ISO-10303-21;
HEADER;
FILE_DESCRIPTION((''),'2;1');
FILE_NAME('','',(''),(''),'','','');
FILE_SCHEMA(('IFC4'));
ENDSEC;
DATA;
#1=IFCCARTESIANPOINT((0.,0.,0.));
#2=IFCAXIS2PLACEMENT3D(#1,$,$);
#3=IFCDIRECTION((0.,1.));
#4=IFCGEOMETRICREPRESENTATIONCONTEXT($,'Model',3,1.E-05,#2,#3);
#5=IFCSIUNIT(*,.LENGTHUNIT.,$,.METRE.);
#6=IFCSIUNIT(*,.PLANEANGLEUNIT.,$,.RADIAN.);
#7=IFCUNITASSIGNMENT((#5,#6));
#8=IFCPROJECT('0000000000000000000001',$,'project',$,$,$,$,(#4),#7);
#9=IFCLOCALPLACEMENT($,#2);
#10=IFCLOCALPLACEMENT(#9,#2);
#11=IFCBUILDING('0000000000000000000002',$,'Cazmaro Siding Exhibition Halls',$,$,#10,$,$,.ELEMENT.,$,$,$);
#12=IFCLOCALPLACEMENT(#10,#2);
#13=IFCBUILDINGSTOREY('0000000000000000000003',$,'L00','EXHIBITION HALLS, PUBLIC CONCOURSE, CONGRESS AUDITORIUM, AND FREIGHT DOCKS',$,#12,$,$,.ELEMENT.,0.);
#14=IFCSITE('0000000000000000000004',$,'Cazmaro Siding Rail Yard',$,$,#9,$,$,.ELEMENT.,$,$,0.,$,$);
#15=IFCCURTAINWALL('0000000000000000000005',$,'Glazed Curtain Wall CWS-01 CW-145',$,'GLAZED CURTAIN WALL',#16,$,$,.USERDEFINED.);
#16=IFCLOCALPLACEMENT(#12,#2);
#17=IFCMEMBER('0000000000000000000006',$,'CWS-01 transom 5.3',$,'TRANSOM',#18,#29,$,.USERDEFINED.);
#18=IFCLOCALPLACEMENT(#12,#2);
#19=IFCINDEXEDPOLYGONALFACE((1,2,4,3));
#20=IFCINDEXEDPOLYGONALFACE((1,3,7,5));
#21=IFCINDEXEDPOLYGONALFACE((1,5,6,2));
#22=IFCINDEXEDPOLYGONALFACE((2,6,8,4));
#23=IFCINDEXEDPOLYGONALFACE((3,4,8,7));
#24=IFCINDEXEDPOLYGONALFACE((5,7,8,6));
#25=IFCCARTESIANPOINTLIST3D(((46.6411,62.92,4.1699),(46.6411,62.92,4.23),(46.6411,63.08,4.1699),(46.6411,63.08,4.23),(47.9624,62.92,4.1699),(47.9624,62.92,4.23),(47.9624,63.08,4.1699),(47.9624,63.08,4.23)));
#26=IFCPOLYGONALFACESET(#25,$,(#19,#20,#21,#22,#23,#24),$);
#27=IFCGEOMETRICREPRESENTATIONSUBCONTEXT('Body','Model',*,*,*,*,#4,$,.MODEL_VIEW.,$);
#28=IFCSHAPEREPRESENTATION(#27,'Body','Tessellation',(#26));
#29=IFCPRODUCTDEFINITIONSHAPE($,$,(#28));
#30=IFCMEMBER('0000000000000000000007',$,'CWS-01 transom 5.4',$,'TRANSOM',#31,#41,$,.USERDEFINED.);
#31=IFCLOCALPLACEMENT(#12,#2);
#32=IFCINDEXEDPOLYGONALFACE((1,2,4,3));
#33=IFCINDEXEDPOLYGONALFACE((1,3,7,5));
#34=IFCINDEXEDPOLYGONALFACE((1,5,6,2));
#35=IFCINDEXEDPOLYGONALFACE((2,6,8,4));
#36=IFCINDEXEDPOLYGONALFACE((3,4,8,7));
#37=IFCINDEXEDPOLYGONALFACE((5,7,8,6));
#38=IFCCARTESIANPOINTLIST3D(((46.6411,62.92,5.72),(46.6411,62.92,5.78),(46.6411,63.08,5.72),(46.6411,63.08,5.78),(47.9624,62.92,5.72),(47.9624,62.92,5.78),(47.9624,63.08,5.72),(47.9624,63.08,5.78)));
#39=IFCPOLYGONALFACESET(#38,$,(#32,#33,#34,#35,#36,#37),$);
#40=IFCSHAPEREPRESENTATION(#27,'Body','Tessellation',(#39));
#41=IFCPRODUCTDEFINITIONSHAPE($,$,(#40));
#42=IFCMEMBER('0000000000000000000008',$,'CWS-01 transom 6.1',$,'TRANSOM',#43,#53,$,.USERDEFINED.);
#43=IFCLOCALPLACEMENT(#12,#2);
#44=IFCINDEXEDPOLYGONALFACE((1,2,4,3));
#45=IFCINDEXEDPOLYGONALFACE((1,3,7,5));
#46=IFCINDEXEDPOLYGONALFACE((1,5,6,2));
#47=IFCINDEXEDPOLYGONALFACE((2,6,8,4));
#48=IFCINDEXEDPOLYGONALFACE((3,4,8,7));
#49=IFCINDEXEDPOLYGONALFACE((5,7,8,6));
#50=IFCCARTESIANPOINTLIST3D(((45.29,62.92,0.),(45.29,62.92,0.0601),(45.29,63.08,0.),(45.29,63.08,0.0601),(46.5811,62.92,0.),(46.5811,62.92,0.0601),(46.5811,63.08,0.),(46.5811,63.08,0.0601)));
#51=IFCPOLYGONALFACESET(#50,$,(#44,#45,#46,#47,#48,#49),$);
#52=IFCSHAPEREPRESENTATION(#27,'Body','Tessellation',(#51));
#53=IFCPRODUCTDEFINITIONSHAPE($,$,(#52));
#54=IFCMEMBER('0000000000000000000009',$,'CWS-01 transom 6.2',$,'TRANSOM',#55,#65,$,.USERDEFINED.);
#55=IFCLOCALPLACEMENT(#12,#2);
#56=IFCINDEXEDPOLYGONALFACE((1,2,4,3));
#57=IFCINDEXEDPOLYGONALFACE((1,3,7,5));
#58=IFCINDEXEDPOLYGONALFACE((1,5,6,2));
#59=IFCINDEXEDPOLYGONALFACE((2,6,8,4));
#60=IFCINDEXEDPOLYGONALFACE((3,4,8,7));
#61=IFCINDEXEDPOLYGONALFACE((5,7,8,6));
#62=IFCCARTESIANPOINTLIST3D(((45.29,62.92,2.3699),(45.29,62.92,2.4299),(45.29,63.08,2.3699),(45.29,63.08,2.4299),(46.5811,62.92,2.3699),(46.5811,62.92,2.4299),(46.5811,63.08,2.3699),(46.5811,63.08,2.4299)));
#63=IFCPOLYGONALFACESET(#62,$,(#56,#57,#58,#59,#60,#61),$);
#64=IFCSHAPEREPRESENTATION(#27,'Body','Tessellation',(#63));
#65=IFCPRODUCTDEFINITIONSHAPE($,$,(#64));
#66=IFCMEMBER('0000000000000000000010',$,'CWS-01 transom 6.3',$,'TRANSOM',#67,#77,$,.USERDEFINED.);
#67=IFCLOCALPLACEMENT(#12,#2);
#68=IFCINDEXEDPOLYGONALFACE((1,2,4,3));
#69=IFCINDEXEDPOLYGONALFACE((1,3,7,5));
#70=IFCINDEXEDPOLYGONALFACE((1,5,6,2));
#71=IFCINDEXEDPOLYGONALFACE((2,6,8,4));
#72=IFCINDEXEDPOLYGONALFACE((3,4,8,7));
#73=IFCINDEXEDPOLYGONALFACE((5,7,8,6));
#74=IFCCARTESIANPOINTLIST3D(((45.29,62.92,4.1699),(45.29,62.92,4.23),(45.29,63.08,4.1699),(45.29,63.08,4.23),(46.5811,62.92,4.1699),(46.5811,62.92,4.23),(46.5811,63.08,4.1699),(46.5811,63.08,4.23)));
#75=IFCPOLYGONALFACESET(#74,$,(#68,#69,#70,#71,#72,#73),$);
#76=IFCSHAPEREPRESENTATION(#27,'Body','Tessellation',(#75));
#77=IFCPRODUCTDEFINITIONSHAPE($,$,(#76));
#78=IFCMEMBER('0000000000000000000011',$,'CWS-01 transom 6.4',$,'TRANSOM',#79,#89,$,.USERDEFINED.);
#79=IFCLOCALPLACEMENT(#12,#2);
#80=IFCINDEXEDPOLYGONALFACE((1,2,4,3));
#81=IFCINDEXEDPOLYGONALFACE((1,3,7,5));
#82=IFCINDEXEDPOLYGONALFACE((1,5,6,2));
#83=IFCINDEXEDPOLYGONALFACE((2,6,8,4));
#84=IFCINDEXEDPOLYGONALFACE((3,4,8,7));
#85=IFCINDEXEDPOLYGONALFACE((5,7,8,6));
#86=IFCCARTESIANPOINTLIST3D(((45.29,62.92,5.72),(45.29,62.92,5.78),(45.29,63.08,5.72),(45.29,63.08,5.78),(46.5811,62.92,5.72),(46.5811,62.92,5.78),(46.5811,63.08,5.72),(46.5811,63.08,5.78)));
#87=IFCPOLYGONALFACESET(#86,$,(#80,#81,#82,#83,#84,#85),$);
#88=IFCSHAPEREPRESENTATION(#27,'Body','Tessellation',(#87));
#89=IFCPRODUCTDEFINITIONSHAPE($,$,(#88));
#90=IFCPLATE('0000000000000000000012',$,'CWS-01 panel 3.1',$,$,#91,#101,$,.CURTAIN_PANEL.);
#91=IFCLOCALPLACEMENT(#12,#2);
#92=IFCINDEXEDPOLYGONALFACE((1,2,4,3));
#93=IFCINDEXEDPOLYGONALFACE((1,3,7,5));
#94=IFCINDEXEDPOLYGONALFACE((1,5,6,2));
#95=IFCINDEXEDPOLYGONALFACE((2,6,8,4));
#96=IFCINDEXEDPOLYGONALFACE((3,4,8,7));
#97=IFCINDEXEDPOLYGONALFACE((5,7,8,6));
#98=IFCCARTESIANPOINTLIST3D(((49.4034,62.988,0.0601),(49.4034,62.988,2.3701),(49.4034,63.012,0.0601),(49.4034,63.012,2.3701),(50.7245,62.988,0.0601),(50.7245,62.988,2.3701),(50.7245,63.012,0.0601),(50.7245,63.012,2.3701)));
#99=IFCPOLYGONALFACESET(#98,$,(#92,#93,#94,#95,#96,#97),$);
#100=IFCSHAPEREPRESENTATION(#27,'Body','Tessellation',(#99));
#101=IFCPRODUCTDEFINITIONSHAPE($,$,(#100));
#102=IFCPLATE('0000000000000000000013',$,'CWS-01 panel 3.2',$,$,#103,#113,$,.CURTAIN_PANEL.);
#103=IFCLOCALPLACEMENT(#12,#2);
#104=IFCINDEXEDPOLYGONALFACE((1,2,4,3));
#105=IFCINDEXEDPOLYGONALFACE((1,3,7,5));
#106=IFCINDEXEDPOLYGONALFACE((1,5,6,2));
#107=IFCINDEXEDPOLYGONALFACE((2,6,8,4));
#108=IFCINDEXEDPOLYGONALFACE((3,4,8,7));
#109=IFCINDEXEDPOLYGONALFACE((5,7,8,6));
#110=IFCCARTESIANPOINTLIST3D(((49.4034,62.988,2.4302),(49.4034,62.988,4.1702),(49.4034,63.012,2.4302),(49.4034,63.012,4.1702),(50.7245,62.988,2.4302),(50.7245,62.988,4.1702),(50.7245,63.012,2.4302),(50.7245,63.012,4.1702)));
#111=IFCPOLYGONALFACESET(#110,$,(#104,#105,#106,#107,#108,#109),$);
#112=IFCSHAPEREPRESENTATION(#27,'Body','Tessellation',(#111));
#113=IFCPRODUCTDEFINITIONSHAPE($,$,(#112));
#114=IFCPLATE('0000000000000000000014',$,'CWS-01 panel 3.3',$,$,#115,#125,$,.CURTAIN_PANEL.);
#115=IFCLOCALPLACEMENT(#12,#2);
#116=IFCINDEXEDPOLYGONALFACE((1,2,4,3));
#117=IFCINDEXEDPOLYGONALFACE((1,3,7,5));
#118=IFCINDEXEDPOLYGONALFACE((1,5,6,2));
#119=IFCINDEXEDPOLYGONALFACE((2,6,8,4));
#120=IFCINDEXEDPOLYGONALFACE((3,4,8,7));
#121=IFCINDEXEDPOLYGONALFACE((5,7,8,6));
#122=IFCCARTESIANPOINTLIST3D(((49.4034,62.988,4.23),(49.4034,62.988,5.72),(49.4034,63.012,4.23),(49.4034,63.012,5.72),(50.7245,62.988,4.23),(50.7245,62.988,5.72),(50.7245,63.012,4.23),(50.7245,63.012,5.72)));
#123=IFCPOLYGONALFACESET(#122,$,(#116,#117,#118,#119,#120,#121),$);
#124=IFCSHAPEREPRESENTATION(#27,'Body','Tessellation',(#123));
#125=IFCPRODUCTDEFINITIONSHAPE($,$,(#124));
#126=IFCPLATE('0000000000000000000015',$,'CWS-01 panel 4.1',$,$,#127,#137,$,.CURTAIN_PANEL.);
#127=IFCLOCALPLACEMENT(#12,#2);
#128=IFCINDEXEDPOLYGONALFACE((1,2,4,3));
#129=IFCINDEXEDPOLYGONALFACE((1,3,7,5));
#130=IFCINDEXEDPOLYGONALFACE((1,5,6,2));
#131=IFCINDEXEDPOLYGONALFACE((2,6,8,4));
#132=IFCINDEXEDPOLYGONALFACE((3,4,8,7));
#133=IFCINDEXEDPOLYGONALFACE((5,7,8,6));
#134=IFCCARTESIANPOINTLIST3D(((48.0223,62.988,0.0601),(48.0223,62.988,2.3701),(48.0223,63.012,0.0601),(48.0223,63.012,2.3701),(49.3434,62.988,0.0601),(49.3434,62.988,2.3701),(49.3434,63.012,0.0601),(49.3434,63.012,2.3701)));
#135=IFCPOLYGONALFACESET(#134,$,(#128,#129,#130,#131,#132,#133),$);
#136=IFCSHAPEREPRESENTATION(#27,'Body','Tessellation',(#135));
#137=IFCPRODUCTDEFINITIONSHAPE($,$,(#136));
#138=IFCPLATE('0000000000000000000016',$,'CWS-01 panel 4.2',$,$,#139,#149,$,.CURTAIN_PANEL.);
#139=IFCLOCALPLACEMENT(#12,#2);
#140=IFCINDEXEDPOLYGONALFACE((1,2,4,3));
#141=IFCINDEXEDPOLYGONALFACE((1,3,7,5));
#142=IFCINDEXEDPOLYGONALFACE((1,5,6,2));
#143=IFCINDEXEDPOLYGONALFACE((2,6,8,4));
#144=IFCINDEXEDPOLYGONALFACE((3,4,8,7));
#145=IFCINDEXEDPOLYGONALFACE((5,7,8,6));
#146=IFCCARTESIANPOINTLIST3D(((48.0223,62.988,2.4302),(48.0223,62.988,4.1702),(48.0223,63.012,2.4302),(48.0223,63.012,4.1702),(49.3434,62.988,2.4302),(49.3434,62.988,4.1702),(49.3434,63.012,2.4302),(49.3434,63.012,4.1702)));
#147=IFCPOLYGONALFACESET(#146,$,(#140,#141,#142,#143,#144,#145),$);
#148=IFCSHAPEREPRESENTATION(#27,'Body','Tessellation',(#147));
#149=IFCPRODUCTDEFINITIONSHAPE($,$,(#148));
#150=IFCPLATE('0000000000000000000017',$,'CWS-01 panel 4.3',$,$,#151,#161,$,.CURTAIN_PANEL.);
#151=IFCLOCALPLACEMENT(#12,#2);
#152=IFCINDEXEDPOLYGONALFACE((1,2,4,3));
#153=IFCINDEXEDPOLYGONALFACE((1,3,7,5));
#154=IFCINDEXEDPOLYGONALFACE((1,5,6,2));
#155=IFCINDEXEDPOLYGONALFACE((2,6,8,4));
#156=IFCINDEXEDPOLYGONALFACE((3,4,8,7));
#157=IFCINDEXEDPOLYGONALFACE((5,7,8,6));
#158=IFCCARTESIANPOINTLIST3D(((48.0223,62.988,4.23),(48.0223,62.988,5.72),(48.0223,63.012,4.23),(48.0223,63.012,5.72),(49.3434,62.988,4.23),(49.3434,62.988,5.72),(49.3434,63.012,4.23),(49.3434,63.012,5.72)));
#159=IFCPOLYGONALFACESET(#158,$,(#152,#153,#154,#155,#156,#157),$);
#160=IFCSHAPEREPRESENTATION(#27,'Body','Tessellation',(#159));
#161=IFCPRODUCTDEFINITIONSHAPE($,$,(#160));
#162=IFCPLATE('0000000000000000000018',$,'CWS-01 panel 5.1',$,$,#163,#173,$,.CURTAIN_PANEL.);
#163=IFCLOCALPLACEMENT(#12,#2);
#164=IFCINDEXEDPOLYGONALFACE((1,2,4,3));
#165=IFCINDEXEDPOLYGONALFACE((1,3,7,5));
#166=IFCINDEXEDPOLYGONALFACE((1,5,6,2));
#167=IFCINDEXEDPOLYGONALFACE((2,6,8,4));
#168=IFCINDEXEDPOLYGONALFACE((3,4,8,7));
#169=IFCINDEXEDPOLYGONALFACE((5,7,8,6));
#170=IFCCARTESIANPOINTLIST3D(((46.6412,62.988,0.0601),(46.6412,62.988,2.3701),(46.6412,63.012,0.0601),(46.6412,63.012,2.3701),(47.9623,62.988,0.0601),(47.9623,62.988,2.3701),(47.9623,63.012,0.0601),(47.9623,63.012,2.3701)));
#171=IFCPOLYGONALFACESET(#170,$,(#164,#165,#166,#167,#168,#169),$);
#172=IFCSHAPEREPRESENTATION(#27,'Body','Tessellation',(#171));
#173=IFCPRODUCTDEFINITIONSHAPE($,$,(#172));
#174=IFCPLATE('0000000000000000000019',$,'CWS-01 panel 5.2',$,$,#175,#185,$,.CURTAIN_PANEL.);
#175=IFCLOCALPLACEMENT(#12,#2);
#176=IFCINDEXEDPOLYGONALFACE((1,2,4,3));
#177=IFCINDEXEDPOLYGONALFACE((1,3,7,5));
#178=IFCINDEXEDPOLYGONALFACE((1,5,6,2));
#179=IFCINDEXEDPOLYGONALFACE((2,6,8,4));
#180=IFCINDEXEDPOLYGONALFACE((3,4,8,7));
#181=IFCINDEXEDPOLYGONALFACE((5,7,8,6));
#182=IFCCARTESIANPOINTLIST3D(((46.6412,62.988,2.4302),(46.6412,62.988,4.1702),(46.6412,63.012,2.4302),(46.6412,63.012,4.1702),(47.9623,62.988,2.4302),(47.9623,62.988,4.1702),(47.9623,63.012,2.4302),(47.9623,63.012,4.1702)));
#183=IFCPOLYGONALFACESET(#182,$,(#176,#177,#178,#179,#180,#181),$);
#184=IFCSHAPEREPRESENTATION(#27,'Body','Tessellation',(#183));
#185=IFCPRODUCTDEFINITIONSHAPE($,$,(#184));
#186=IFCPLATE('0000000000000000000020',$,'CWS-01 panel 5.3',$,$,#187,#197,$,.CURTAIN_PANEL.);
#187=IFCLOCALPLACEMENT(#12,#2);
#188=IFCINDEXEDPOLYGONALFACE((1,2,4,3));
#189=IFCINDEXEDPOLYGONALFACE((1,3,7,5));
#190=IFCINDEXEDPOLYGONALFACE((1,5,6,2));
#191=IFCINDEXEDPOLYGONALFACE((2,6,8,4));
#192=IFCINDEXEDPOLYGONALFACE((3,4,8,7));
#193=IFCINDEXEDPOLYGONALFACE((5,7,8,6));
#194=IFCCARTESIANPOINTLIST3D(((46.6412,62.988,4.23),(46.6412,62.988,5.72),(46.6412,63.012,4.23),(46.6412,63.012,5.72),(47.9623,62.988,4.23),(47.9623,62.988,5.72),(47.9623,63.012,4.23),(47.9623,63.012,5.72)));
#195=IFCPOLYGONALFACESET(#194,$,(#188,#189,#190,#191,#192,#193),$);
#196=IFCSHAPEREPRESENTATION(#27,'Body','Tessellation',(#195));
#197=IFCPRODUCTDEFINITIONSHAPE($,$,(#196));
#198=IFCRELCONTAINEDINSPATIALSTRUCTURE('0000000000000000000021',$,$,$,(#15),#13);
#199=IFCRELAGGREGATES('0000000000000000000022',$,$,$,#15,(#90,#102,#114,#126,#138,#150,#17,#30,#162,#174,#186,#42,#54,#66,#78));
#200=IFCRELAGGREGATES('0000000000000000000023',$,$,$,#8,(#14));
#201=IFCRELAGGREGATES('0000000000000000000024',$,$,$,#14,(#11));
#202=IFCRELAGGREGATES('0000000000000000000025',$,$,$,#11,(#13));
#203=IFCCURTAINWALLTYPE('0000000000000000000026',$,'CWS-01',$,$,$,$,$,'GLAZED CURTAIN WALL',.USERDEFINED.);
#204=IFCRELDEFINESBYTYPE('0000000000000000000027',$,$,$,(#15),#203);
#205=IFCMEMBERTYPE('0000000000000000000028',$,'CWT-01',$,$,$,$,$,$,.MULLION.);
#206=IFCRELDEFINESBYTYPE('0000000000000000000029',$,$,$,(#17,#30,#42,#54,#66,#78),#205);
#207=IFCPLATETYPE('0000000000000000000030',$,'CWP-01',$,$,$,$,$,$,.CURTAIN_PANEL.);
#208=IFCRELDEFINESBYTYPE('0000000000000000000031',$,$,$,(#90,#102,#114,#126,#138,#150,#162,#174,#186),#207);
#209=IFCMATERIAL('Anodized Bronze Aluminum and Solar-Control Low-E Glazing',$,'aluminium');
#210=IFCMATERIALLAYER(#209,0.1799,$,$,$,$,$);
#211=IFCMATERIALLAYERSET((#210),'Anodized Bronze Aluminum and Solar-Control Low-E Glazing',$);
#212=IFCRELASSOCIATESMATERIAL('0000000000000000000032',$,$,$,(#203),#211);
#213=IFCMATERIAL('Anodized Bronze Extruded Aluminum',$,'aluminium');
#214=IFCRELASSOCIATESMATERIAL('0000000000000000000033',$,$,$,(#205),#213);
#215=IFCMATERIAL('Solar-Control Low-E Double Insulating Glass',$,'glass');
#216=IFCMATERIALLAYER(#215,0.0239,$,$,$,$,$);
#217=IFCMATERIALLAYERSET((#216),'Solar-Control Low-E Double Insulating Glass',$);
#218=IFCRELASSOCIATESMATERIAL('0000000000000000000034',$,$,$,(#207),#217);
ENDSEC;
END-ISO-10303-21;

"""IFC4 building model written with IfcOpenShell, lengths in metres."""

from ifc_helpers import new_model, si_unit, direction, frame, origin, origin_2d, place, context, subcontext, project, spatial, rectangle, extrude, material, layer, layer_set, material_profile, profile_set, type_object, element, aggregate, save


model = new_model("IFC4")

# Units and contexts
model_context = context("Model", 3, precision=1e-05, world=origin(), true_north=direction((0.0, 1.0)))
body_context = subcontext(model_context, "Body", "Model", "MODEL_VIEW")
ifc_project = project(units=[si_unit("LENGTHUNIT", "METRE"), si_unit("PLANEANGLEUNIT", "RADIAN")], contexts=[model_context])

# Site, building, storey
site_placement = place(None, origin())
site = spatial("IfcSite", under=ifc_project, at=site_placement, Name="Cazmaro Siding Rail Yard", CompositionType="ELEMENT", RefElevation=0.0)
building_placement = place(site_placement, origin())
building = spatial("IfcBuilding", under=site, at=building_placement, Name="Cazmaro Siding Exhibition Halls", CompositionType="ELEMENT")
storey_placement = place(building_placement, origin())
storey = spatial("IfcBuildingStorey", under=building, at=storey_placement, Name="L00", Description="EXHIBITION HALLS, PUBLIC CONCOURSE, CONGRESS AUDITORIUM, AND FREIGHT DOCKS", CompositionType="ELEMENT", Elevation=0.0)

# Shared definitions
ifc_material_1 = material(Name="Anodized Bronze Aluminum and Solar-Control Low-E Glazing", Category="aluminium")
ifc_layer_1 = layer(ifc_material_1, 0.1799)
ifc_layer_set_1 = layer_set([ifc_layer_1], Name="Anodized Bronze Aluminum and Solar-Control Low-E Glazing")
curtain_wall_type = type_object("IfcCurtainWallType", Name="CWS-01", ElementType="GLAZED CURTAIN WALL", PredefinedType="USERDEFINED", material=ifc_layer_set_1)

# Curtain wall, members, plates
curtain_wall_1_placement = place(storey_placement, origin())
curtain_wall_1 = element("IfcCurtainWall", 1, at=curtain_wall_1_placement, inside=storey, type_object=curtain_wall_type, Name="Glazed Curtain Wall CWS-01 CW-145", ObjectType="GLAZED CURTAIN WALL", PredefinedType="USERDEFINED")
ifc_material_2 = material(Name="Anodized Bronze Extruded Aluminum", Category="aluminium")
ifc_material_profile_1 = material_profile(ifc_material_2, rectangle(XDim=0.1599, YDim=0.0601, at=origin_2d()), Name="CWT-01")
ifc_profile_set_1 = profile_set([ifc_material_profile_1], Name="Anodized Bronze Extruded Aluminum")
member_type_1 = type_object("IfcMemberType", Name="CWT-01", PredefinedType="MULLION", material=ifc_profile_set_1)
member_1_placement = place(storey_placement, frame((47.9624, 63.0, 4.2), z_axis=(-1.0, 0.0, 0.0), x_axis=(0.0, -1.0, 0.0)))
member_1 = element("IfcMember", 2, at=member_1_placement, type_object=member_type_1, Name="CWS-01 transom 5.3", ObjectType="TRANSOM", PredefinedType="USERDEFINED", context=body_context, shape_type="SweptSolid", body=[
    extrude(rectangle(XDim=0.1599, YDim=0.0601, at=origin_2d()), origin(), (0.0, 0.0, 1.0), 1.3213),
])
member_2_placement = place(storey_placement, frame((47.9624, 63.0, 5.75), z_axis=(-1.0, 0.0, 0.0), x_axis=(0.0, -1.0, 0.0)))
member_2 = element("IfcMember", 3, at=member_2_placement, type_object=member_type_1, Name="CWS-01 transom 5.4", ObjectType="TRANSOM", PredefinedType="USERDEFINED", context=body_context, shape_type="SweptSolid", body=[
    extrude(rectangle(XDim=0.1599, YDim=0.0601, at=origin_2d()), origin(), (0.0, 0.0, 1.0), 1.3213),
])
member_3_placement = place(storey_placement, frame((46.5811, 63.0, 0.03), z_axis=(-1.0, 0.0, 0.0), x_axis=(0.0, -1.0, 0.0)))
member_3 = element("IfcMember", 4, at=member_3_placement, type_object=member_type_1, Name="CWS-01 transom 6.1", ObjectType="TRANSOM", PredefinedType="USERDEFINED", context=body_context, shape_type="SweptSolid", body=[
    extrude(rectangle(XDim=0.1599, YDim=0.0601, at=origin_2d()), origin(), (0.0, 0.0, 1.0), 1.291),
])
member_4_placement = place(storey_placement, frame((46.5811, 63.0, 2.3999), z_axis=(-1.0, 0.0, 0.0), x_axis=(0.0, -1.0, 0.0)))
member_4 = element("IfcMember", 5, at=member_4_placement, type_object=member_type_1, Name="CWS-01 transom 6.2", ObjectType="TRANSOM", PredefinedType="USERDEFINED", context=body_context, shape_type="SweptSolid", body=[
    extrude(rectangle(XDim=0.1599, YDim=0.0601, at=origin_2d()), origin(), (0.0, 0.0, 1.0), 1.291),
])
member_5_placement = place(storey_placement, frame((46.5811, 63.0, 4.2), z_axis=(-1.0, 0.0, 0.0), x_axis=(0.0, -1.0, 0.0)))
member_5 = element("IfcMember", 6, at=member_5_placement, type_object=member_type_1, Name="CWS-01 transom 6.3", ObjectType="TRANSOM", PredefinedType="USERDEFINED", context=body_context, shape_type="SweptSolid", body=[
    extrude(rectangle(XDim=0.1599, YDim=0.0601, at=origin_2d()), origin(), (0.0, 0.0, 1.0), 1.291),
])
member_6_placement = place(storey_placement, frame((46.5811, 63.0, 5.75), z_axis=(-1.0, 0.0, 0.0), x_axis=(0.0, -1.0, 0.0)))
member_6 = element("IfcMember", 7, at=member_6_placement, type_object=member_type_1, Name="CWS-01 transom 6.4", ObjectType="TRANSOM", PredefinedType="USERDEFINED", context=body_context, shape_type="SweptSolid", body=[
    extrude(rectangle(XDim=0.1599, YDim=0.0601, at=origin_2d()), origin(), (0.0, 0.0, 1.0), 1.291),
])
ifc_material_3 = material(Name="Solar-Control Low-E Double Insulating Glass", Category="glass")
ifc_layer_2 = layer(ifc_material_3, 0.0239)
ifc_layer_set_2 = layer_set([ifc_layer_2], Name="Solar-Control Low-E Double Insulating Glass")
plate_type = type_object("IfcPlateType", Name="CWP-01", PredefinedType="CURTAIN_PANEL", material=ifc_layer_set_2)
plate_1_placement = place(storey_placement, frame((50.064, 63.0, 0.0601), z_axis=(0.0, 0.0, 1.0), x_axis=(-1.0, 0.0, 0.0)))
plate_1 = element("IfcPlate", 8, at=plate_1_placement, type_object=plate_type, Name="CWS-01 panel 3.1", PredefinedType="CURTAIN_PANEL", context=body_context, shape_type="SweptSolid", body=[
    extrude(rectangle(XDim=1.321, YDim=0.0239, at=origin_2d()), origin(), (0.0, 0.0, 1.0), 2.3101),
])
plate_2_placement = place(storey_placement, frame((50.064, 63.0, 2.4302), z_axis=(0.0, 0.0, 1.0), x_axis=(-1.0, 0.0, 0.0)))
plate_2 = element("IfcPlate", 9, at=plate_2_placement, type_object=plate_type, Name="CWS-01 panel 3.2", PredefinedType="CURTAIN_PANEL", context=body_context, shape_type="SweptSolid", body=[
    extrude(rectangle(XDim=1.321, YDim=0.0239, at=origin_2d()), origin(), (0.0, 0.0, 1.0), 1.74),
])
plate_3_placement = place(storey_placement, frame((50.064, 63.0, 4.23), z_axis=(0.0, 0.0, 1.0), x_axis=(-1.0, 0.0, 0.0)))
plate_3 = element("IfcPlate", 10, at=plate_3_placement, type_object=plate_type, Name="CWS-01 panel 3.3", PredefinedType="CURTAIN_PANEL", context=body_context, shape_type="SweptSolid", body=[
    extrude(rectangle(XDim=1.321, YDim=0.0239, at=origin_2d()), origin(), (0.0, 0.0, 1.0), 1.49),
])
plate_4_placement = place(storey_placement, frame((48.6829, 63.0, 0.0601), z_axis=(0.0, 0.0, 1.0), x_axis=(-1.0, 0.0, 0.0)))
plate_4 = element("IfcPlate", 11, at=plate_4_placement, type_object=plate_type, Name="CWS-01 panel 4.1", PredefinedType="CURTAIN_PANEL", context=body_context, shape_type="SweptSolid", body=[
    extrude(rectangle(XDim=1.321, YDim=0.0239, at=origin_2d()), origin(), (0.0, 0.0, 1.0), 2.3101),
])
plate_5_placement = place(storey_placement, frame((48.6829, 63.0, 2.4302), z_axis=(0.0, 0.0, 1.0), x_axis=(-1.0, 0.0, 0.0)))
plate_5 = element("IfcPlate", 12, at=plate_5_placement, type_object=plate_type, Name="CWS-01 panel 4.2", PredefinedType="CURTAIN_PANEL", context=body_context, shape_type="SweptSolid", body=[
    extrude(rectangle(XDim=1.321, YDim=0.0239, at=origin_2d()), origin(), (0.0, 0.0, 1.0), 1.74),
])
plate_6_placement = place(storey_placement, frame((48.6829, 63.0, 4.23), z_axis=(0.0, 0.0, 1.0), x_axis=(-1.0, 0.0, 0.0)))
plate_6 = element("IfcPlate", 13, at=plate_6_placement, type_object=plate_type, Name="CWS-01 panel 4.3", PredefinedType="CURTAIN_PANEL", context=body_context, shape_type="SweptSolid", body=[
    extrude(rectangle(XDim=1.321, YDim=0.0239, at=origin_2d()), origin(), (0.0, 0.0, 1.0), 1.49),
])
plate_7_placement = place(storey_placement, frame((47.3018, 63.0, 0.0601), z_axis=(0.0, 0.0, 1.0), x_axis=(-1.0, 0.0, 0.0)))
plate_7 = element("IfcPlate", 14, at=plate_7_placement, type_object=plate_type, Name="CWS-01 panel 5.1", PredefinedType="CURTAIN_PANEL", context=body_context, shape_type="SweptSolid", body=[
    extrude(rectangle(XDim=1.321, YDim=0.0239, at=origin_2d()), origin(), (0.0, 0.0, 1.0), 2.3101),
])
plate_8_placement = place(storey_placement, frame((47.3018, 63.0, 2.4302), z_axis=(0.0, 0.0, 1.0), x_axis=(-1.0, 0.0, 0.0)))
plate_8 = element("IfcPlate", 15, at=plate_8_placement, type_object=plate_type, Name="CWS-01 panel 5.2", PredefinedType="CURTAIN_PANEL", context=body_context, shape_type="SweptSolid", body=[
    extrude(rectangle(XDim=1.321, YDim=0.0239, at=origin_2d()), origin(), (0.0, 0.0, 1.0), 1.74),
])
plate_9_placement = place(storey_placement, frame((47.3018, 63.0, 4.23), z_axis=(0.0, 0.0, 1.0), x_axis=(-1.0, 0.0, 0.0)))
plate_9 = element("IfcPlate", 16, at=plate_9_placement, type_object=plate_type, Name="CWS-01 panel 5.3", PredefinedType="CURTAIN_PANEL", context=body_context, shape_type="SweptSolid", body=[
    extrude(rectangle(XDim=1.321, YDim=0.0239, at=origin_2d()), origin(), (0.0, 0.0, 1.0), 1.49),
])
aggregate(curtain_wall_1, [plate_1, plate_2, plate_3, plate_4, plate_5, plate_6, member_1, member_2, plate_7, plate_8, plate_9, member_3, member_4, member_5, member_6])

save(model, "model.ifc")
